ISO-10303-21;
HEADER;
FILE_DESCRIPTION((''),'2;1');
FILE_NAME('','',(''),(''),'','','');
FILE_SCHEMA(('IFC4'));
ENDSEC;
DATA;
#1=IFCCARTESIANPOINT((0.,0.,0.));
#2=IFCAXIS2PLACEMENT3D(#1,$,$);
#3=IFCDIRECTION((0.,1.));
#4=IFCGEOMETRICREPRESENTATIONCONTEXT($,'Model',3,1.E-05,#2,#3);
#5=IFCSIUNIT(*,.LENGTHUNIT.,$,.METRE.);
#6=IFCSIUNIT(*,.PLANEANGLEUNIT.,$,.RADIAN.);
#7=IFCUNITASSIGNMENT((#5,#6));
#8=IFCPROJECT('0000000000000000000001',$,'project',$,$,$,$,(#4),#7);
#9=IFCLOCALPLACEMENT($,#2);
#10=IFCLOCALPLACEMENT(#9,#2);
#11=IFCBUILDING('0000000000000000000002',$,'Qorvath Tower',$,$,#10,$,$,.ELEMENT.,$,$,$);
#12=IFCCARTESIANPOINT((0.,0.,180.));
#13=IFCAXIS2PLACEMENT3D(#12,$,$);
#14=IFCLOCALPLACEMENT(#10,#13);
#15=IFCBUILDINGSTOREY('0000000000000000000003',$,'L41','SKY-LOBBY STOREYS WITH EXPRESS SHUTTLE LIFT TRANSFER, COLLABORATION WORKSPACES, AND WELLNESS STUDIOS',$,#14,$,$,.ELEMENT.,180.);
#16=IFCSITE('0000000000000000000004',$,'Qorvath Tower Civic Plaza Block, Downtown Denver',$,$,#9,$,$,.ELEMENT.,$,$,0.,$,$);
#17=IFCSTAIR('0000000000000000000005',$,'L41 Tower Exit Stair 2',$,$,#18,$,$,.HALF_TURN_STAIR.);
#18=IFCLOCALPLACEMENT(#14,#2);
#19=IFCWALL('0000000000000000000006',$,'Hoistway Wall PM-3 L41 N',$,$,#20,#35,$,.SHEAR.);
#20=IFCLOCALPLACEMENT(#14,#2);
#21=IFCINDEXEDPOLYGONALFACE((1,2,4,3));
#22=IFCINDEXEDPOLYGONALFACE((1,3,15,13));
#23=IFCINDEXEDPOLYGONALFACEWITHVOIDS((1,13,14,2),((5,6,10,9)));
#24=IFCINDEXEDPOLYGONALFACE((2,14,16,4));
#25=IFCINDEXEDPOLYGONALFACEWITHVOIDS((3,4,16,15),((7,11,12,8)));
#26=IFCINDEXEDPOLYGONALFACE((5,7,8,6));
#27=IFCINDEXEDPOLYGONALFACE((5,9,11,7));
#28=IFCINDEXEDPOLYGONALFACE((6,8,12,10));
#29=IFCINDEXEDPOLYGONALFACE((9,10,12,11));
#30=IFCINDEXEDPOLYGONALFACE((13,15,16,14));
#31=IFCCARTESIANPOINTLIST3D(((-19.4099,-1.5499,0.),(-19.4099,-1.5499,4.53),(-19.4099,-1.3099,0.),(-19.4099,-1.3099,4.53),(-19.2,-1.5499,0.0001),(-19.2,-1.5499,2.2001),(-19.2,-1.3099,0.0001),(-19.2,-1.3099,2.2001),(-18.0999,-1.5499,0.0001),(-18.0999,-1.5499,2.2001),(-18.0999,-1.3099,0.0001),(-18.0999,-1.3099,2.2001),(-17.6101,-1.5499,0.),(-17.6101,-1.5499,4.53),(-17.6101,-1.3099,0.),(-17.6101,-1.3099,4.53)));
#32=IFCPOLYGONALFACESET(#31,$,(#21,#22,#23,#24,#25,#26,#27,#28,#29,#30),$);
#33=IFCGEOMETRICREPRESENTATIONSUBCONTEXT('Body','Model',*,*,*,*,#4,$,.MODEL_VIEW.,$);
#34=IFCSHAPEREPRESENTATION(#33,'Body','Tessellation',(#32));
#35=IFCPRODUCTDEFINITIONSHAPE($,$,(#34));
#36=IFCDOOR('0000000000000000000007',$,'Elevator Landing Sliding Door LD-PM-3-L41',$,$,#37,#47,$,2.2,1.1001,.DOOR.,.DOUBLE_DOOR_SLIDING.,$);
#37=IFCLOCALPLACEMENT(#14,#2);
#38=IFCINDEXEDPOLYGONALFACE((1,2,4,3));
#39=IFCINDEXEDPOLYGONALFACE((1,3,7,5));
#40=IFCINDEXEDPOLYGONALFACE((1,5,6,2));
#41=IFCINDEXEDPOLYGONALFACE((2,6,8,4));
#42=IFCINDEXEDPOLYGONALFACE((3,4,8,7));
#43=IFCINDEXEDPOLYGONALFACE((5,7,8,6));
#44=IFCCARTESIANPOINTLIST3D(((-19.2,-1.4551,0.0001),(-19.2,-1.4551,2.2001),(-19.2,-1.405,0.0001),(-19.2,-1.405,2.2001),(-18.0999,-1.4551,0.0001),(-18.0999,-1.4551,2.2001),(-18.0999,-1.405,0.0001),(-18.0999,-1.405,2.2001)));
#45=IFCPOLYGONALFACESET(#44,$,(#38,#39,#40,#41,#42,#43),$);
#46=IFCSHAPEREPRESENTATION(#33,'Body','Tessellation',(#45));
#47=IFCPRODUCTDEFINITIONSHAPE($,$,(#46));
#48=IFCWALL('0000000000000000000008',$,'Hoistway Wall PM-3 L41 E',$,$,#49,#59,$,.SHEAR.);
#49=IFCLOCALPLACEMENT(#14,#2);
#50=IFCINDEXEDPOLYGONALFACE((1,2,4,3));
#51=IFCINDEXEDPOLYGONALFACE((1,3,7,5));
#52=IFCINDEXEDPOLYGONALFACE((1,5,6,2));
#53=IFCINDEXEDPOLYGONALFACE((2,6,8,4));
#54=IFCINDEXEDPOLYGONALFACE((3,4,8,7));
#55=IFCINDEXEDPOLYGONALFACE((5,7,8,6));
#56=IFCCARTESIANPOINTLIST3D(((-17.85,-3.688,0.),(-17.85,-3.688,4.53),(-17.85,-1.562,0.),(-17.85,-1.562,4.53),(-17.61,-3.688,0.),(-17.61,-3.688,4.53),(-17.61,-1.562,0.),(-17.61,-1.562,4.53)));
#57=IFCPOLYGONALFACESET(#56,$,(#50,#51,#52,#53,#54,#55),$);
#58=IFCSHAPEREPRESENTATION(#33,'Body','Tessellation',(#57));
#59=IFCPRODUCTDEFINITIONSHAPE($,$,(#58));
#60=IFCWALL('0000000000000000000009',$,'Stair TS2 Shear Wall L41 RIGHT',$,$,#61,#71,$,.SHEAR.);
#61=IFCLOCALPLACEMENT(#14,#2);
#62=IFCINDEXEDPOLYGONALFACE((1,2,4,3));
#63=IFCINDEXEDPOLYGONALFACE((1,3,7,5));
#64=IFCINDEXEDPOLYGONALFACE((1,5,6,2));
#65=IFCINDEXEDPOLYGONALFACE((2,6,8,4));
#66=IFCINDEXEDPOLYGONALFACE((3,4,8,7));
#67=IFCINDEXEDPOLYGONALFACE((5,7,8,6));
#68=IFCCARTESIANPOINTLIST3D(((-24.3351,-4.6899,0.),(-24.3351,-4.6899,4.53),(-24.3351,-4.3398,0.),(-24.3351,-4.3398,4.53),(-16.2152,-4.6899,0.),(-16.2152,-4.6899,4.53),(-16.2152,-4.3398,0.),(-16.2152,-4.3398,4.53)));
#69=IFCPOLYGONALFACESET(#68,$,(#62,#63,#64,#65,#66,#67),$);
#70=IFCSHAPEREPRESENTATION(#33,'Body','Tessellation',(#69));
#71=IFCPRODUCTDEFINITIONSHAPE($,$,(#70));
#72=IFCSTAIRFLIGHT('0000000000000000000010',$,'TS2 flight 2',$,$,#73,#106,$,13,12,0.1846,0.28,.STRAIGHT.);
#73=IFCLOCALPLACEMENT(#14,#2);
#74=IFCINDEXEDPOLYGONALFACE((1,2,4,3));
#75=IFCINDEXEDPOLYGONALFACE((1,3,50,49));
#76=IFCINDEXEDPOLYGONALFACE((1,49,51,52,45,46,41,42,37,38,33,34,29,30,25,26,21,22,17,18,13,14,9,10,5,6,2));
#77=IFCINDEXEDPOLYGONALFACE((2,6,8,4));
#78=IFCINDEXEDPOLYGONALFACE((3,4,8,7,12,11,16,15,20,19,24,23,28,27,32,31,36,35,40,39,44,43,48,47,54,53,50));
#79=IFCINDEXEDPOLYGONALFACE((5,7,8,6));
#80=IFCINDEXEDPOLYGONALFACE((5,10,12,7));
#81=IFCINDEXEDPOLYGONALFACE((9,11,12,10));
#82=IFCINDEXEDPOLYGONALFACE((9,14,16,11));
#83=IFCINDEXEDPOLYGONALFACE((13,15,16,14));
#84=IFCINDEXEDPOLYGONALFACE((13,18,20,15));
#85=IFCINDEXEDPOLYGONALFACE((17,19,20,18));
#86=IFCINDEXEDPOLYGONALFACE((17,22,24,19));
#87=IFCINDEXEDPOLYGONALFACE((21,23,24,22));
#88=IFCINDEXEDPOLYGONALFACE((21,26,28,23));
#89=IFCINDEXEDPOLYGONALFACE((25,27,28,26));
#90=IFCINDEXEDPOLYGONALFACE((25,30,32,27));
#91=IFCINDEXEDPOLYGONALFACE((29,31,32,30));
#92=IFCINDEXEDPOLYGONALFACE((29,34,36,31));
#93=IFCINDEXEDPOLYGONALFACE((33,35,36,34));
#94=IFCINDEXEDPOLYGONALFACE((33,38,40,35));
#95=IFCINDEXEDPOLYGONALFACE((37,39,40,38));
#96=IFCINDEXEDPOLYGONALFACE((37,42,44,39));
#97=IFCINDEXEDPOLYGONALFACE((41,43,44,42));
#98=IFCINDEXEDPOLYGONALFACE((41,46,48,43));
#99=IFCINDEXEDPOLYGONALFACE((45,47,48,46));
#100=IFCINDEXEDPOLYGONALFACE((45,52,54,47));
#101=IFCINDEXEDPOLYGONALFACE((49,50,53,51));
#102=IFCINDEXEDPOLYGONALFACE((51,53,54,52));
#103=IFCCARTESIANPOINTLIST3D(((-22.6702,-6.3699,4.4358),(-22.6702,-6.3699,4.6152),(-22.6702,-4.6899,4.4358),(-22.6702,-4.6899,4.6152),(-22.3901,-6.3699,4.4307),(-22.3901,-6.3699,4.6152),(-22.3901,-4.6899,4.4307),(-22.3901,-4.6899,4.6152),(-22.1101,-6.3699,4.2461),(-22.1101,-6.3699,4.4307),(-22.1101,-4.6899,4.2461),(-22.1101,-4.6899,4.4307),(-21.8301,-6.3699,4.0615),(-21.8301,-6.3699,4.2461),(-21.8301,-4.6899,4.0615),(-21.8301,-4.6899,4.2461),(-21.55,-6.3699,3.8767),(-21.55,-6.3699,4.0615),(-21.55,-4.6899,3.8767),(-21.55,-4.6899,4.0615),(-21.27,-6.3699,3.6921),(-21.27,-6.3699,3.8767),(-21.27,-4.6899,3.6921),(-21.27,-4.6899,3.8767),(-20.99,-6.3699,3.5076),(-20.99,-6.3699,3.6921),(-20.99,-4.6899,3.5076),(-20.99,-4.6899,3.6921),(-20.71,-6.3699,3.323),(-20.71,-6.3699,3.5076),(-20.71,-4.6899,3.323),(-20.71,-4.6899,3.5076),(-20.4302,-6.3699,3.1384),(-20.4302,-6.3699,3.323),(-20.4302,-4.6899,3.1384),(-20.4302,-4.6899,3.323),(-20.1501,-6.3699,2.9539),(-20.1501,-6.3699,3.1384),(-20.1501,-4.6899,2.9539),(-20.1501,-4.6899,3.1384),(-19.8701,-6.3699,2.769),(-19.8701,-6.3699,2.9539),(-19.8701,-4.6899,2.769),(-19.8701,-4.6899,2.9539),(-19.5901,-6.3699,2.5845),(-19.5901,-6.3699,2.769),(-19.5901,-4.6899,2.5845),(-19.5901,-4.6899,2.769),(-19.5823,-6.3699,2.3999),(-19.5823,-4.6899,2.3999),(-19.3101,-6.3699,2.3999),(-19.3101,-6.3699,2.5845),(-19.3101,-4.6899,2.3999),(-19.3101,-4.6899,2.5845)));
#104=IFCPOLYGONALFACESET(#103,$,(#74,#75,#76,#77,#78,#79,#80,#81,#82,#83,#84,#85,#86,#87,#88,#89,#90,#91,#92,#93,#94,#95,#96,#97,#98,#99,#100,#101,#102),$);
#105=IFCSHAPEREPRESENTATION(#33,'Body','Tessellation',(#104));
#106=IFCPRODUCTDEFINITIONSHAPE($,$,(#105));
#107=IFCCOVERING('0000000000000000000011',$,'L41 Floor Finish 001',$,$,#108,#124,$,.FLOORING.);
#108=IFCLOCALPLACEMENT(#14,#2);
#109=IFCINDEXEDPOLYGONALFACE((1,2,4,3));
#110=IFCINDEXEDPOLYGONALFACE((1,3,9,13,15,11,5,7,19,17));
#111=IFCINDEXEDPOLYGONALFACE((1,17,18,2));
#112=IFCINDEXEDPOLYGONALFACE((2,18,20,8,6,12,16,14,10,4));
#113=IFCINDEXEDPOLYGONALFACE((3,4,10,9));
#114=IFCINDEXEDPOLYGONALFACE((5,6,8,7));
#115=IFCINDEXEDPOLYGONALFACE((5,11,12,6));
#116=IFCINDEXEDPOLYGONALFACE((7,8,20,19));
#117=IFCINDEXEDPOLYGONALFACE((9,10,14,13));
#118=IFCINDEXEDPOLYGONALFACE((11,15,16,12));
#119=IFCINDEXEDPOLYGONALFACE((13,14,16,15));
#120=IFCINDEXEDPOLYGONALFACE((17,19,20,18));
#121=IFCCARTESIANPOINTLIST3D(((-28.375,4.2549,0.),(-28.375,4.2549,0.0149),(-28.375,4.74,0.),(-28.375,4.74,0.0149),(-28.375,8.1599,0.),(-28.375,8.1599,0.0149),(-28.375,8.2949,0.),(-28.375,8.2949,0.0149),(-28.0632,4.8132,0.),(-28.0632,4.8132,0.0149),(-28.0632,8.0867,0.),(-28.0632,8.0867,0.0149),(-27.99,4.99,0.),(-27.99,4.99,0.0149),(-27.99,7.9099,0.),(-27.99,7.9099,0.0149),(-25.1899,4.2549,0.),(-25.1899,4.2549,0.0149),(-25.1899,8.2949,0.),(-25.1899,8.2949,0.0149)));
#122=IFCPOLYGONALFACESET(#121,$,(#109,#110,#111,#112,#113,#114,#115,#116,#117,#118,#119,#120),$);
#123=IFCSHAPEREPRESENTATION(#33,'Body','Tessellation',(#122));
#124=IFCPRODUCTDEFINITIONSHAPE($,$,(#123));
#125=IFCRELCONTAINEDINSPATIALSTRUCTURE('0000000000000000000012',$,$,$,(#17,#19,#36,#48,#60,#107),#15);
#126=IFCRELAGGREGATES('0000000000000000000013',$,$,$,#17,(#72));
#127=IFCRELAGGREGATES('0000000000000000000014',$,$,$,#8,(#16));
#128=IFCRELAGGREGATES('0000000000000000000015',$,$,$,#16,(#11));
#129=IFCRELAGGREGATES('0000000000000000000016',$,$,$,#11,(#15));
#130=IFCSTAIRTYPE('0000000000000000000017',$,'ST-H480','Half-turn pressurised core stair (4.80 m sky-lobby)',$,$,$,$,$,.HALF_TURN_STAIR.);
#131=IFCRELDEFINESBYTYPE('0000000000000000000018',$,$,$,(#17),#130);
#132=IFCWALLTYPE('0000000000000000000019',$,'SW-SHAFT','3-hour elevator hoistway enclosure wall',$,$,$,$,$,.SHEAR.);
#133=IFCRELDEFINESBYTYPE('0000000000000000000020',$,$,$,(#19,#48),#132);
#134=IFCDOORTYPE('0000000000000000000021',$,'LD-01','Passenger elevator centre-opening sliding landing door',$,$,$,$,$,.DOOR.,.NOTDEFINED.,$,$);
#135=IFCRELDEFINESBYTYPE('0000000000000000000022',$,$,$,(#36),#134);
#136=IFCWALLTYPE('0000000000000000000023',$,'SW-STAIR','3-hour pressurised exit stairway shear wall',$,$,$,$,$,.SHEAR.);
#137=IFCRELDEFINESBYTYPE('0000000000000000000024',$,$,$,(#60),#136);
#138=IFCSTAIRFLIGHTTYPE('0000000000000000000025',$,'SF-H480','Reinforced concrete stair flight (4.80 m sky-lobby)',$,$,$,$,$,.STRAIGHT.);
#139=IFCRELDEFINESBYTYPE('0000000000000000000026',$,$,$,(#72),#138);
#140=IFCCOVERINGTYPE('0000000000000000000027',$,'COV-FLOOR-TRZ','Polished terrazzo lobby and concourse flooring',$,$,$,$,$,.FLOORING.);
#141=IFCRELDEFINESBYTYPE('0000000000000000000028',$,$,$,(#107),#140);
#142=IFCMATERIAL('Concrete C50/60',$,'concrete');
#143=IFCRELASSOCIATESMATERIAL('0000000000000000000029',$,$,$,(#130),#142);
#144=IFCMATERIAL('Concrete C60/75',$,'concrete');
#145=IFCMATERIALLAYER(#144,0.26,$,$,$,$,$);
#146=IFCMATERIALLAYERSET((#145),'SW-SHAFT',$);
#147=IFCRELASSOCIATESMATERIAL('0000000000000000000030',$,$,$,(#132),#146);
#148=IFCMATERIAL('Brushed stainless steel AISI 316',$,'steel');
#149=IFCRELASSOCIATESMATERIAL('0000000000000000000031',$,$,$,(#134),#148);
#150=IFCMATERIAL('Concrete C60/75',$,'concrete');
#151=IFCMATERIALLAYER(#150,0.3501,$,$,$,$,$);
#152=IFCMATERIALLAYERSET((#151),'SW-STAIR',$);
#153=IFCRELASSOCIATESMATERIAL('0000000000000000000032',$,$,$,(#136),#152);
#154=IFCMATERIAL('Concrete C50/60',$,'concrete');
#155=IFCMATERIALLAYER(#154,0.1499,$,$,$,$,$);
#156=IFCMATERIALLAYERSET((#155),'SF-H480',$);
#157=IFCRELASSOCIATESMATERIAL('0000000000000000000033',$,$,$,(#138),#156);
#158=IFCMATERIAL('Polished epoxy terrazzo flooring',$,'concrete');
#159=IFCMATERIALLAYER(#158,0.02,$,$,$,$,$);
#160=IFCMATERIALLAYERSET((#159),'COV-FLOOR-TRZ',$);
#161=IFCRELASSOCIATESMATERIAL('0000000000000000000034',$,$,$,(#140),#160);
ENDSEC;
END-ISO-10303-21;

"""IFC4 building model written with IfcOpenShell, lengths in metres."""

from ifc_helpers import new_model, si_unit, direction, frame, frame_2d, origin, place, context, subcontext, project, spatial, polyline, rectangle, outline, extrude, material, layer, layer_set, type_object, element, fill, aggregate, save


model = new_model("IFC4")

# Units and contexts
model_context = context("Model", 3, precision=1e-05, world=origin(), true_north=direction((0.0, 1.0)))
body_context = subcontext(model_context, "Body", "Model", "MODEL_VIEW")
ifc_project = project(units=[si_unit("LENGTHUNIT", "METRE"), si_unit("PLANEANGLEUNIT", "RADIAN")], contexts=[model_context])

# Site, building, storey
site_placement = place(None, origin())
site = spatial("IfcSite", under=ifc_project, at=site_placement, Name="Qorvath Tower Civic Plaza Block, Downtown Denver", CompositionType="ELEMENT", RefElevation=0.0)
building_placement = place(site_placement, origin())
building = spatial("IfcBuilding", under=site, at=building_placement, Name="Qorvath Tower", CompositionType="ELEMENT")
storey_placement = place(building_placement, frame((0.0, 0.0, 180.0)))
storey = spatial("IfcBuildingStorey", under=building, at=storey_placement, Name="L41", Description="SKY-LOBBY STOREYS WITH EXPRESS SHUTTLE LIFT TRANSFER, COLLABORATION WORKSPACES, AND WELLNESS STUDIOS", CompositionType="ELEMENT", Elevation=180.0)

# Stair
ifc_material_1 = material(Name="Concrete C50/60", Category="concrete")
stair_type = type_object("IfcStairType", Name="ST-H480", Description="Half-turn pressurised core stair (4.80 m sky-lobby)", PredefinedType="HALF_TURN_STAIR", material=ifc_material_1)
stair_1_placement = place(storey_placement, origin())
stair_1 = element("IfcStair", 1, at=stair_1_placement, inside=storey, type_object=stair_type, Name="L41 Tower Exit Stair 2", PredefinedType="HALF_TURN_STAIR")

# Shared definitions
ifc_material_2 = material(Name="Concrete C60/75", Category="concrete")
ifc_layer_1 = layer(ifc_material_2, 0.26)
ifc_layer_set_1 = layer_set([ifc_layer_1], Name="SW-SHAFT")
wall_type_1 = type_object("IfcWallType", Name="SW-SHAFT", Description="3-hour elevator hoistway enclosure wall", PredefinedType="SHEAR", material=ifc_layer_set_1)

# Wall, opening, door
wall_1_placement = place(storey_placement, frame((-19.4099, -1.4299, 0.0), z_axis=(0.0, 0.0, 1.0), x_axis=(1.0, 0.0, 0.0)))
wall_1 = element("IfcWall", 2, at=wall_1_placement, inside=storey, type_object=wall_type_1, Name="Hoistway Wall PM-3 L41 N", PredefinedType="SHEAR", context=body_context, shape_type="SweptSolid", body=[
    extrude(rectangle(XDim=1.7998, YDim=0.24, at=frame_2d((0.8999, 0.0))), origin(), (0.0, 0.0, 1.0), 4.53),
])
opening_1_placement = place(wall_1_placement, frame((0.21, 0.0, 0.0)))
opening_1 = element("IfcOpeningElement", 3, at=opening_1_placement, cuts=wall_1, PredefinedType="OPENING", context=body_context, shape_type="SweptSolid", body=[
    extrude(rectangle(XDim=1.1001, YDim=2.2, at=frame_2d((0.55, 1.1001))), frame((0.0, 0.1299, 0.0), z_axis=(0.0, -1.0, 0.0), x_axis=(1.0, 0.0, 0.0)), (0.0, 0.0, 1.0), 0.26),
])
ifc_material_3 = material(Name="Brushed stainless steel AISI 316", Category="steel")
door_type_1 = type_object("IfcDoorType", Name="LD-01", Description="Passenger elevator centre-opening sliding landing door", OperationType="NOTDEFINED", PredefinedType="DOOR", material=ifc_material_3)
door_1_placement = place(opening_1_placement, origin())
door_1 = element("IfcDoor", 4, at=door_1_placement, inside=storey, type_object=door_type_1, Name="Elevator Landing Sliding Door LD-PM-3-L41", OperationType="DOUBLE_DOOR_SLIDING", OverallHeight=2.2, OverallWidth=1.1001, PredefinedType="DOOR", context=body_context, shape_type="SweptSolid", body=[
    extrude(rectangle(XDim=1.1001, YDim=2.2, at=frame_2d((0.55, 1.1001))), frame((0.0, 0.0249, 0.0), z_axis=(0.0, -1.0, 0.0), x_axis=(1.0, 0.0, 0.0)), (0.0, 0.0, 1.0), 0.05),
])
fill(opening_1, door_1)

# Walls
wall_2_placement = place(storey_placement, frame((-17.73, -1.562, 0.0), z_axis=(0.0, 0.0, 1.0), x_axis=(0.0, -1.0, 0.0)))
element("IfcWall", 5, at=wall_2_placement, inside=storey, type_object=wall_type_1, Name="Hoistway Wall PM-3 L41 E", PredefinedType="SHEAR", context=body_context, shape_type="SweptSolid", body=[
    extrude(rectangle(XDim=2.126, YDim=0.24, at=frame_2d((1.063, 0.0))), origin(), (0.0, 0.0, 1.0), 4.53),
])
ifc_material_4 = material(Name="Concrete C60/75", Category="concrete")
ifc_layer_2 = layer(ifc_material_4, 0.3501)
ifc_layer_set_2 = layer_set([ifc_layer_2], Name="SW-STAIR")
wall_type_2 = type_object("IfcWallType", Name="SW-STAIR", Description="3-hour pressurised exit stairway shear wall", PredefinedType="SHEAR", material=ifc_layer_set_2)
wall_3_placement = place(storey_placement, frame((-16.2151, -4.5149, 0.0), z_axis=(0.0, 0.0, 1.0), x_axis=(-1.0, 0.0, 0.0)))
element("IfcWall", 6, at=wall_3_placement, inside=storey, type_object=wall_type_2, Name="Stair TS2 Shear Wall L41 RIGHT", PredefinedType="SHEAR", context=body_context, shape_type="SweptSolid", body=[
    extrude(rectangle(XDim=8.1199, YDim=0.3501, at=frame_2d((4.0601, 0.0))), origin(), (0.0, 0.0, 1.0), 4.53),
])

# Stair flight
ifc_material_5 = material(Name="Concrete C50/60", Category="concrete")
ifc_layer_3 = layer(ifc_material_5, 0.1499)
ifc_layer_set_3 = layer_set([ifc_layer_3], Name="SF-H480")
stair_flight_type = type_object("IfcStairFlightType", Name="SF-H480", Description="Reinforced concrete stair flight (4.80 m sky-lobby)", PredefinedType="STRAIGHT", material=ifc_layer_set_3)
stair_flight_placement = place(storey_placement, frame((-19.3101, -5.53, 2.3999), z_axis=(0.0, 0.0, 1.0), x_axis=(-1.0, 0.0, 0.0)))
stair_flight = element("IfcStairFlight", 7, at=stair_flight_placement, type_object=stair_flight_type, Name="TS2 flight 2", NumberOfRisers=13, NumberOfTreads=12, PredefinedType="STRAIGHT", RiserHeight=0.1846, TreadLength=0.28, context=body_context, shape_type="SweptSolid", body=[
    extrude(outline(polyline([(0.0, 0.0), (0.0, 0.1846), (0.28, 0.1846), (0.28, 0.3691), (0.5601, 0.3691), (0.5601, 0.554), (0.8401, 0.554), (0.8401, 0.7385), (1.1201, 0.7385), (1.1201, 0.9231), (1.3999, 0.9231), (1.3999, 1.1077), (1.6799, 1.1077), (1.6799, 1.2922), (1.96, 1.2922), (1.96, 1.4768), (2.24, 1.4768), (2.24, 1.6616), (2.52, 1.6616), (2.52, 1.8462), (2.8, 1.8462), (2.8, 2.0308), (3.0801, 2.0308), (3.0801, 2.2153), (3.3601, 2.2153), (3.3601, 2.3999), (3.3601, 2.0359), (0.2722, 0.0), (0.0, 0.0)])), frame((0.0, 0.8398, 0.0), z_axis=(0.0, -1.0, 0.0), x_axis=(1.0, 0.0, 0.0)), (0.0, 0.0, 1.0), 1.6799),
])
aggregate(stair_1, [stair_flight])

# Covering
ifc_material_6 = material(Name="Polished epoxy terrazzo flooring", Category="concrete")
ifc_layer_4 = layer(ifc_material_6, 0.02)
ifc_layer_set_4 = layer_set([ifc_layer_4], Name="COV-FLOOR-TRZ")
covering_type = type_object("IfcCoveringType", Name="COV-FLOOR-TRZ", Description="Polished terrazzo lobby and concourse flooring", PredefinedType="FLOORING", material=ifc_layer_set_4)
covering_placement = place(storey_placement, origin())
element("IfcCovering", 8, at=covering_placement, inside=storey, type_object=covering_type, Name="L41 Floor Finish 001", PredefinedType="FLOORING", context=body_context, shape_type="SweptSolid", body=[
    extrude(outline(polyline([(-25.1899, 4.2549), (-25.1899, 8.2949), (-28.375, 8.2949), (-28.375, 8.1599), (-28.0632, 8.0867), (-27.99, 7.9099), (-27.99, 4.99), (-28.0632, 4.8132), (-28.375, 4.74), (-28.375, 4.2549), (-25.1899, 4.2549)])), origin(), (0.0, 0.0, 1.0), 0.0149),
])

save(model, "model.ifc")
